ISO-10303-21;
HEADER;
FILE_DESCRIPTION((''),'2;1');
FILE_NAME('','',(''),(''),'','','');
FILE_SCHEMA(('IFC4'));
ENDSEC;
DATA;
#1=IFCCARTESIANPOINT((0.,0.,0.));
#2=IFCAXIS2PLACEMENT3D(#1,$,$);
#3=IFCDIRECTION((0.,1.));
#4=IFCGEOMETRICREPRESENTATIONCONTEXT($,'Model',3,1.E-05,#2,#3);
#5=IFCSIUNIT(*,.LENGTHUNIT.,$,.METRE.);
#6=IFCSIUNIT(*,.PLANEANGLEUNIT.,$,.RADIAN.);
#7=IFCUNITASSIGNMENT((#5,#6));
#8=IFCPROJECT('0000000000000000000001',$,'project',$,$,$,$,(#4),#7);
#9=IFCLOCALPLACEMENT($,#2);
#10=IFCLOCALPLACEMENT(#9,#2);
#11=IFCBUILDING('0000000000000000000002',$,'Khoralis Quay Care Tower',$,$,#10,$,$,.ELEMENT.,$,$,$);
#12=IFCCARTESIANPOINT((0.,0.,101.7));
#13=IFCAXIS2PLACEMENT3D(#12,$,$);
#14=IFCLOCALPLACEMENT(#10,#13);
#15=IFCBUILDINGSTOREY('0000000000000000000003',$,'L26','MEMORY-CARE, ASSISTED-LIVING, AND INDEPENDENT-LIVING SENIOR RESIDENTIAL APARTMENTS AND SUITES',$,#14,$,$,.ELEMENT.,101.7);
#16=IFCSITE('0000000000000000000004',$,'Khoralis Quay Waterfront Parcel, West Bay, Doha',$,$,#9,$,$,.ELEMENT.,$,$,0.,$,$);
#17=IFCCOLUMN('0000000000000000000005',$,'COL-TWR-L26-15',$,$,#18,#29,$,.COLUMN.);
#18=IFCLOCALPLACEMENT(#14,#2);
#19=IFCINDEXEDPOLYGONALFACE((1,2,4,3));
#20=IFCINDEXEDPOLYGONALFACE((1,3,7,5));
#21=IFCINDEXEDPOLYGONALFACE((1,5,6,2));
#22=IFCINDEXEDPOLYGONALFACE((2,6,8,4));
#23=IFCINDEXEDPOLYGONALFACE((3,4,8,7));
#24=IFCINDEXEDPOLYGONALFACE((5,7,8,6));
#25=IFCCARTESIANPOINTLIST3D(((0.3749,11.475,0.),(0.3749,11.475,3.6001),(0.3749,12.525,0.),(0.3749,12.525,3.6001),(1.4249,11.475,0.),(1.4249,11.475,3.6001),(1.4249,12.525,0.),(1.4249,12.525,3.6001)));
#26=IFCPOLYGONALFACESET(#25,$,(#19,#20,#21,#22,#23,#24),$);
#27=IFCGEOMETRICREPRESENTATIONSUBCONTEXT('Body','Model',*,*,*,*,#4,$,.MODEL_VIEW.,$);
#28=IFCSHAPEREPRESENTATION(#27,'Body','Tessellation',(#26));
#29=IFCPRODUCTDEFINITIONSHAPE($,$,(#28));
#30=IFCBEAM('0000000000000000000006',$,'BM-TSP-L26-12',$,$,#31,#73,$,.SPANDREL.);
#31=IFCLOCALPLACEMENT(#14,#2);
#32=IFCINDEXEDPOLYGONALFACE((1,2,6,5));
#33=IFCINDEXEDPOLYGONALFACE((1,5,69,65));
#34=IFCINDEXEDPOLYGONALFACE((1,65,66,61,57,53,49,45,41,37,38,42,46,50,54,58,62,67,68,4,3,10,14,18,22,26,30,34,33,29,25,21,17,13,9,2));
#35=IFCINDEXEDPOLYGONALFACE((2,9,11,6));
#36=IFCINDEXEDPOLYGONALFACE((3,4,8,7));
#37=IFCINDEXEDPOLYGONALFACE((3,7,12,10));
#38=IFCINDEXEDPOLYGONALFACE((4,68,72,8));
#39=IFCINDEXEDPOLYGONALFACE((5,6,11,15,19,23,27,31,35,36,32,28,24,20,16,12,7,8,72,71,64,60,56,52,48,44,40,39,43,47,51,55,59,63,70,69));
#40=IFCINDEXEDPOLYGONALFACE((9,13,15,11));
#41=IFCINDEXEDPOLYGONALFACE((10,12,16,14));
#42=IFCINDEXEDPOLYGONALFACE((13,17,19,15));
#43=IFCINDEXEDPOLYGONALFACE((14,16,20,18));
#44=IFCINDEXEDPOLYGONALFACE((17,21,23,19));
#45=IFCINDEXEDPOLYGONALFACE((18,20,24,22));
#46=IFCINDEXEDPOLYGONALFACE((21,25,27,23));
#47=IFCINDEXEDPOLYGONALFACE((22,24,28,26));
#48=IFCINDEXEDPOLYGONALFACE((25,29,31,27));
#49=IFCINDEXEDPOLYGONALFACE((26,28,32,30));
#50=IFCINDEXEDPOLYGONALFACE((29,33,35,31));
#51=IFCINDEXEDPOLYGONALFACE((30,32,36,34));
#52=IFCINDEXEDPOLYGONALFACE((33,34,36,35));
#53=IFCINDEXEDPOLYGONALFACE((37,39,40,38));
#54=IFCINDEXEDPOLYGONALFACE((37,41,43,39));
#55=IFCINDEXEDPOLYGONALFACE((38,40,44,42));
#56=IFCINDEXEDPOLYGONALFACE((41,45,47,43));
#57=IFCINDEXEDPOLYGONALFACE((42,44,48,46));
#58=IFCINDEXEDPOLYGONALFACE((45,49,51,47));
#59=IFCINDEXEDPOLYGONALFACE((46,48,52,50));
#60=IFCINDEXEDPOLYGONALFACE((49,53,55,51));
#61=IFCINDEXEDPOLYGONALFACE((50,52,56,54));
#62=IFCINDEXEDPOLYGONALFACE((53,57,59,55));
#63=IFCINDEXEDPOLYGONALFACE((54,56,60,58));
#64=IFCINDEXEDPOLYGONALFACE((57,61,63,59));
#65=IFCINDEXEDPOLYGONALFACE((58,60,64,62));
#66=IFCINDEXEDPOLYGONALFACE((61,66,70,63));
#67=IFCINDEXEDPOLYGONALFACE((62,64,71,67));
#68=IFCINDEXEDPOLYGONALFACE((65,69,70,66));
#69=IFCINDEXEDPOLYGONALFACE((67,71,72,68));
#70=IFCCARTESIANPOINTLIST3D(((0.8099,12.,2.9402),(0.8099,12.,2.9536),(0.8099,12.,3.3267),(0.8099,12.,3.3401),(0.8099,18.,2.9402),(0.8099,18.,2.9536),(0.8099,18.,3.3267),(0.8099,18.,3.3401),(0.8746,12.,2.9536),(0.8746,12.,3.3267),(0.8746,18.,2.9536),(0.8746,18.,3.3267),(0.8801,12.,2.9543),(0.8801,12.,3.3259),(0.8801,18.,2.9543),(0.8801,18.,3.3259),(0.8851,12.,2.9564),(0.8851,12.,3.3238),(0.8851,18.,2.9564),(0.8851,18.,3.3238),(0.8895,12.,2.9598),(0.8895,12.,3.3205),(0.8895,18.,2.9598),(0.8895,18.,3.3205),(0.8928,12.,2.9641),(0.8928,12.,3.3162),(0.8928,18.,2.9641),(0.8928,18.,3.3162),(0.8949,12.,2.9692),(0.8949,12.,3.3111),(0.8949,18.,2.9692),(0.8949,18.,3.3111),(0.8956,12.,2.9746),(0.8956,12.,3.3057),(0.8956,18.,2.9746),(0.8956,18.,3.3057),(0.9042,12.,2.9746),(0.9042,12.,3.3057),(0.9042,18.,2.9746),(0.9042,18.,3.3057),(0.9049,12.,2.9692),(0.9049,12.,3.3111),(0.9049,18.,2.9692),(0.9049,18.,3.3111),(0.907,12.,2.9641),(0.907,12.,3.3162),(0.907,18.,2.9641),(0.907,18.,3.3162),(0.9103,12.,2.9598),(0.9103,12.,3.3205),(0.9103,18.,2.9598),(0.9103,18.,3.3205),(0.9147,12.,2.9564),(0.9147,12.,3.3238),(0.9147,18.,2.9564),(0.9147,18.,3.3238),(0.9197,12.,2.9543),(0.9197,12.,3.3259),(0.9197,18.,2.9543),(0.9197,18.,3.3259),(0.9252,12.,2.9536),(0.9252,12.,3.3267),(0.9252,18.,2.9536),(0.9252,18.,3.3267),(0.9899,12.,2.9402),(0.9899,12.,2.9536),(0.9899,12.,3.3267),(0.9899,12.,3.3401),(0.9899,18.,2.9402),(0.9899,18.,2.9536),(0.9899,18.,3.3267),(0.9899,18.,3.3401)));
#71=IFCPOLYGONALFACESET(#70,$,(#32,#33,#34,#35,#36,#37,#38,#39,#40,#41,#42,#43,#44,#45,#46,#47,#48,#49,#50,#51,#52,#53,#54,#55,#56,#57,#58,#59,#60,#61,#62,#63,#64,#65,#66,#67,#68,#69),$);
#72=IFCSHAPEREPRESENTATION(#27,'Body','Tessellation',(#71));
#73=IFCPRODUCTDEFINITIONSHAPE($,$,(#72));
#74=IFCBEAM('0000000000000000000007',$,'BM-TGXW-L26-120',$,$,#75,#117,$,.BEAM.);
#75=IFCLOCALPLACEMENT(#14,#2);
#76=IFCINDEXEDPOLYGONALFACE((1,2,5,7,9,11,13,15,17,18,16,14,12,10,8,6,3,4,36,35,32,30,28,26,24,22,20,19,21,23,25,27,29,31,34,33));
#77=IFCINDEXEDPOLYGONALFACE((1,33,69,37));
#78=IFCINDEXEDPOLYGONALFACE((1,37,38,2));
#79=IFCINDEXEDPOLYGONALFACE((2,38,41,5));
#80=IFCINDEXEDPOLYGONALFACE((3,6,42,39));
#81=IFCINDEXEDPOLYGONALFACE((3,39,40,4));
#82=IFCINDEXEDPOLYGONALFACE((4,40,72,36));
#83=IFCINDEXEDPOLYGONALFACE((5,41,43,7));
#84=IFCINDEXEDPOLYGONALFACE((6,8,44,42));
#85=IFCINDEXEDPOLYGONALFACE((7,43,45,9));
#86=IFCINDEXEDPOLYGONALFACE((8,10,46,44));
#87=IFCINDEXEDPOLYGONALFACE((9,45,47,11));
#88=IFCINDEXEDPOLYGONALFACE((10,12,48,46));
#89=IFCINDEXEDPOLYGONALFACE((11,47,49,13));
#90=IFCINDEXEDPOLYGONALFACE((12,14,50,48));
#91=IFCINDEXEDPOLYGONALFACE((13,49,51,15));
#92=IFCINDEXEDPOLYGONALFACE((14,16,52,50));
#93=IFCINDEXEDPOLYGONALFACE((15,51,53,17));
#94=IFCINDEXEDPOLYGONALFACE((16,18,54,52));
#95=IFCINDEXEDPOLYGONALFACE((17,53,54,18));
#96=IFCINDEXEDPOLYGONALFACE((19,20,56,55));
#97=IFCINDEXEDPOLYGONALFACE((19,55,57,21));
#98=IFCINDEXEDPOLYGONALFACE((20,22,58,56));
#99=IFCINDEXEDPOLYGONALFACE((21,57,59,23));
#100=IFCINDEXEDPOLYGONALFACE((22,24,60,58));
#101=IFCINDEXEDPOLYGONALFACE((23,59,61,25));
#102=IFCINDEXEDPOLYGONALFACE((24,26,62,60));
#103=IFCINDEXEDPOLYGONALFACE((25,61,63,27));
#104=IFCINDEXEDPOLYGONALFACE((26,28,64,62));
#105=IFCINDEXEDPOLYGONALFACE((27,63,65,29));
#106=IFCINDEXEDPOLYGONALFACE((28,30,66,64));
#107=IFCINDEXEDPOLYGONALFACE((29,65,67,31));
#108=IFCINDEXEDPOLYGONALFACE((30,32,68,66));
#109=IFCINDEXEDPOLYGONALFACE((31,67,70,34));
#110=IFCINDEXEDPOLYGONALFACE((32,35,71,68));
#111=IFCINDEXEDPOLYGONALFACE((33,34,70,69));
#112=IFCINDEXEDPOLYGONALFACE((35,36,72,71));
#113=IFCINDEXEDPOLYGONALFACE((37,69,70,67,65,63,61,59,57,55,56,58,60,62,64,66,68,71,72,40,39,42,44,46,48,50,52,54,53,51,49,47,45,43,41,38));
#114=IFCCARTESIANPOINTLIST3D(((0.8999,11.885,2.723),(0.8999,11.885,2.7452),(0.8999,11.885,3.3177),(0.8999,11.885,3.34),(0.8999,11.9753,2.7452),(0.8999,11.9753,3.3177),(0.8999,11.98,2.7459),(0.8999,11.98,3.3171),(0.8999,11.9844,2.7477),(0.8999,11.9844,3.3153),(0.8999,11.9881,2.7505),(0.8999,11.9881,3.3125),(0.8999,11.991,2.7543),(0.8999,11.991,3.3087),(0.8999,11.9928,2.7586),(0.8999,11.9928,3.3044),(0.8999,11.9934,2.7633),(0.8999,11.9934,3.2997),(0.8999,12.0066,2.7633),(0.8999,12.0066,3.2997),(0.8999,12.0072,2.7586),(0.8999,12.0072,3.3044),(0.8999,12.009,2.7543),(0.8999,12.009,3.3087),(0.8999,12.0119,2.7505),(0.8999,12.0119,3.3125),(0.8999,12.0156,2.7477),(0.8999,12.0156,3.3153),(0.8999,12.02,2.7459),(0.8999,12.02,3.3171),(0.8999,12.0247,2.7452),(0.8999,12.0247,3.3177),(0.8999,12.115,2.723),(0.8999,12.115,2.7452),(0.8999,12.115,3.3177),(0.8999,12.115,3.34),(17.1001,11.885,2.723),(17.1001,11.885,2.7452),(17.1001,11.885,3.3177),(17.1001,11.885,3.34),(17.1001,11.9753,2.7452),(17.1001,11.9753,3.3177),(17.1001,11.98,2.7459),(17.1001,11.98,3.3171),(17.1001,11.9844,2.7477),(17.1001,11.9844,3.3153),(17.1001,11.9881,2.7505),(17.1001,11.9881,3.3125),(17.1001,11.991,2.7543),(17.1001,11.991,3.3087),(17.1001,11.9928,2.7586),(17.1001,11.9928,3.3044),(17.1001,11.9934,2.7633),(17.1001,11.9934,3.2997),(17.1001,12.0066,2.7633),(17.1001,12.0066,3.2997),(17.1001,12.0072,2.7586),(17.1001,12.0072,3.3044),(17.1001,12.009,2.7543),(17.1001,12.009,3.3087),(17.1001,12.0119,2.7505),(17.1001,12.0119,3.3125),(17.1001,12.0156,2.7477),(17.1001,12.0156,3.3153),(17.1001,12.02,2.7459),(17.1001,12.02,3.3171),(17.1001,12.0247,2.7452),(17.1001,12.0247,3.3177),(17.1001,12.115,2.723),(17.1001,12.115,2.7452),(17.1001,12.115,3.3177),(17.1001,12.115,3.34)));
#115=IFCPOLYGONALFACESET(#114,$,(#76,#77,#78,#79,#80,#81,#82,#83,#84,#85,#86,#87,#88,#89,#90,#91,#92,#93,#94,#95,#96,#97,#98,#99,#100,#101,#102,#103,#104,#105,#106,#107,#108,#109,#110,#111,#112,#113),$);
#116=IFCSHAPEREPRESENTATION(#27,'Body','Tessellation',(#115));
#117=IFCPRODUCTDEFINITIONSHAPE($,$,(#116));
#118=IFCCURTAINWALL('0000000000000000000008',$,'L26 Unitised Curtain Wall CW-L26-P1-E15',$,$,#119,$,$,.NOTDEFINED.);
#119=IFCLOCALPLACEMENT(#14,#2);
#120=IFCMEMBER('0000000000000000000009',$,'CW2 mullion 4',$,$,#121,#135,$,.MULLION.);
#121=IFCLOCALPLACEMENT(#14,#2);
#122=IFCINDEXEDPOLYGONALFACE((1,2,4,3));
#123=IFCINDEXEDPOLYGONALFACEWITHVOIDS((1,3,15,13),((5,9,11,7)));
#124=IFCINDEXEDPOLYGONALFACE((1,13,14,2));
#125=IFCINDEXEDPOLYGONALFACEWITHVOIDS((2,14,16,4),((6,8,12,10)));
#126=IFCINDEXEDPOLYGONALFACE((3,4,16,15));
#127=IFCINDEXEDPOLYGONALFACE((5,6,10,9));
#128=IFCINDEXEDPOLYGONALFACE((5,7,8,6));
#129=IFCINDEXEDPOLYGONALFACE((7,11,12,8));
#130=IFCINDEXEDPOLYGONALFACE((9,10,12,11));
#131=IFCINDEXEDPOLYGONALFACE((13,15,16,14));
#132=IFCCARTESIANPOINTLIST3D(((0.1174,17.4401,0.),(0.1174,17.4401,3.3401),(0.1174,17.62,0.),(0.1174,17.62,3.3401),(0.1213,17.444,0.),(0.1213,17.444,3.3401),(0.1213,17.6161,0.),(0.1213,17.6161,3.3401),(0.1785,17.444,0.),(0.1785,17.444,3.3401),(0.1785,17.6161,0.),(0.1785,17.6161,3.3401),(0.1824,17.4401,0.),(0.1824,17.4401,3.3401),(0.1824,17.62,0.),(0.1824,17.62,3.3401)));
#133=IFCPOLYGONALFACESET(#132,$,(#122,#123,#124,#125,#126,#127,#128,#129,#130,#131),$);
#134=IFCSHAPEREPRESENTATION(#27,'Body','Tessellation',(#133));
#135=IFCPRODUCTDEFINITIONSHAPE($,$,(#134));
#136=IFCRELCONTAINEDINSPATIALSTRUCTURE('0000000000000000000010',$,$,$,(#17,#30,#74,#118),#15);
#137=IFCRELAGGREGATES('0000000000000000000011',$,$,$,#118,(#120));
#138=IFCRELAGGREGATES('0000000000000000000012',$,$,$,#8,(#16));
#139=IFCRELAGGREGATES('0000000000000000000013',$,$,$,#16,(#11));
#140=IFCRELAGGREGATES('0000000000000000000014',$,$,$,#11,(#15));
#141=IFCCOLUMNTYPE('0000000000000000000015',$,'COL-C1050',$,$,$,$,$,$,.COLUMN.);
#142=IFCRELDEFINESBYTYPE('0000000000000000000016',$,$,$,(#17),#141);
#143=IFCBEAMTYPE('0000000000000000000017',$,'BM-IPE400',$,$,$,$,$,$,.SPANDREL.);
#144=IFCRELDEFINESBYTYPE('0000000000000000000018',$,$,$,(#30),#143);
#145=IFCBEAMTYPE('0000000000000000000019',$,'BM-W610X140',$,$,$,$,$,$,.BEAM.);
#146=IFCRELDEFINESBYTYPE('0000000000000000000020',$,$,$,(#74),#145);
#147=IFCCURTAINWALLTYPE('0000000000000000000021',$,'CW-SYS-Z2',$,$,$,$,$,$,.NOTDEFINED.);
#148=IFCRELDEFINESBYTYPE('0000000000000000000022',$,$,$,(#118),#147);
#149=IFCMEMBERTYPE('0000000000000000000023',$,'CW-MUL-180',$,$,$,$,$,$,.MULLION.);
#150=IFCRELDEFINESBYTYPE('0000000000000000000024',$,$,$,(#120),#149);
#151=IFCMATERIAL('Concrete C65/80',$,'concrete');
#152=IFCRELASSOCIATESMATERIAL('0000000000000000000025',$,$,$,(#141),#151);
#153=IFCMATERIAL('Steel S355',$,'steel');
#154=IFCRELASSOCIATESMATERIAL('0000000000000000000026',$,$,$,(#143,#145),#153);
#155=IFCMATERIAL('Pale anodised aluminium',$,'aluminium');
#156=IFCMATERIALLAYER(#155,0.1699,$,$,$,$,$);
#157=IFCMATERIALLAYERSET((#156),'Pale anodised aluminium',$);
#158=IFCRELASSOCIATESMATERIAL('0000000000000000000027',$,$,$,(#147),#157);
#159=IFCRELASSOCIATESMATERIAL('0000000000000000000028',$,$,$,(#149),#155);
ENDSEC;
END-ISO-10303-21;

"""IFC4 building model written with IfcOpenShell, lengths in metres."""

from ifc_helpers import new_model, si_unit, direction, frame, origin, origin_2d, place, context, subcontext, project, spatial, rectangle, hollow_rectangle, i_section, extrude, source, transform, mapped, material, layer, layer_set, material_profile, profile_set, type_object, element, aggregate, save


model = new_model("IFC4")

# Units and contexts
model_context = context("Model", 3, precision=1e-05, world=origin(), true_north=direction((0.0, 1.0)))
body_context = subcontext(model_context, "Body", "Model", "MODEL_VIEW")
ifc_project = project(units=[si_unit("LENGTHUNIT", "METRE"), si_unit("PLANEANGLEUNIT", "RADIAN")], contexts=[model_context])

# Site, building, storey
site_placement = place(None, origin())
site = spatial("IfcSite", under=ifc_project, at=site_placement, Name="Khoralis Quay Waterfront Parcel, West Bay, Doha", CompositionType="ELEMENT", RefElevation=0.0)
building_placement = place(site_placement, origin())
building = spatial("IfcBuilding", under=site, at=building_placement, Name="Khoralis Quay Care Tower", CompositionType="ELEMENT")
storey_placement = place(building_placement, frame((0.0, 0.0, 101.7)))
storey = spatial("IfcBuildingStorey", under=building, at=storey_placement, Name="L26", Description="MEMORY-CARE, ASSISTED-LIVING, AND INDEPENDENT-LIVING SENIOR RESIDENTIAL APARTMENTS AND SUITES", CompositionType="ELEMENT", Elevation=101.7)

# Column
ifc_material_1 = material(Name="Concrete C65/80", Category="concrete")
ifc_material_profile_1 = material_profile(ifc_material_1, rectangle(XDim=1.05, YDim=1.05, at=origin_2d()), Name="Concrete C65/80")
ifc_profile_set_1 = profile_set([ifc_material_profile_1], Name="Concrete C65/80")
column_type = type_object("IfcColumnType", Name="COL-C1050", PredefinedType="COLUMN", material=ifc_profile_set_1)
shared_shape_1 = source(origin(), body_context, "Body", "SweptSolid", [
    extrude(rectangle(XDim=1.05, YDim=1.05, at=origin_2d()), origin(), (0.0, 0.0, 1.0), 3.6001),
])
column_placement = place(storey_placement, frame((0.8999, 12.0, 0.0), z_axis=(0.0, 0.0, 1.0), x_axis=(1.0, 0.0, 0.0)))
element("IfcColumn", 1, at=column_placement, inside=storey, type_object=column_type, Name="COL-TWR-L26-15", PredefinedType="COLUMN", context=body_context, shape_type="MappedRepresentation", body=[
    mapped(shared_shape_1, transform((0.0, 0.0, 0.0), scale=1.0)),
])

# Beams
ifc_material_2 = material(Name="Steel S355", Category="steel")
ifc_material_profile_2 = material_profile(ifc_material_2, i_section(OverallWidth=0.1799, OverallDepth=0.3999, WebThickness=0.0085, FlangeThickness=0.0134, FilletRadius=0.021, at=origin_2d()), Name="Steel S355")
ifc_profile_set_2 = profile_set([ifc_material_profile_2], Name="Steel S355")
beam_type_1 = type_object("IfcBeamType", Name="BM-IPE400", PredefinedType="SPANDREL", material=ifc_profile_set_2)
shared_shape_2 = source(origin(), body_context, "Body", "SweptSolid", [
    extrude(i_section(OverallWidth=0.1799, OverallDepth=0.3999, WebThickness=0.0085, FlangeThickness=0.0134, FilletRadius=0.021, at=origin_2d()), origin(), (0.0, 0.0, 1.0), 6.0),
])
beam_1_placement = place(storey_placement, frame((0.8999, 12.0, 3.1401), z_axis=(0.0, 1.0, 0.0), x_axis=(-1.0, 0.0, 0.0)))
element("IfcBeam", 2, at=beam_1_placement, inside=storey, type_object=beam_type_1, Name="BM-TSP-L26-12", PredefinedType="SPANDREL", context=body_context, shape_type="MappedRepresentation", body=[
    mapped(shared_shape_2, transform((0.0, 0.0, 0.0), scale=1.0)),
])
ifc_material_profile_3 = material_profile(ifc_material_2, i_section(OverallWidth=0.23, OverallDepth=0.6169, WebThickness=0.0132, FlangeThickness=0.0222, FilletRadius=0.0181, at=origin_2d()), Name="Steel S355")
ifc_profile_set_3 = profile_set([ifc_material_profile_3], Name="Steel S355")
beam_type_2 = type_object("IfcBeamType", Name="BM-W610X140", PredefinedType="BEAM", material=ifc_profile_set_3)
shared_shape_3 = source(origin(), body_context, "Body", "SweptSolid", [
    extrude(i_section(OverallWidth=0.23, OverallDepth=0.6169, WebThickness=0.0132, FlangeThickness=0.0222, FilletRadius=0.0181, at=origin_2d()), origin(), (0.0, 0.0, 1.0), 16.2002),
])
beam_2_placement = place(storey_placement, frame((0.8999, 12.0, 3.0315), z_axis=(1.0, 0.0, 0.0), x_axis=(0.0, 1.0, 0.0)))
element("IfcBeam", 3, at=beam_2_placement, inside=storey, type_object=beam_type_2, Name="BM-TGXW-L26-120", PredefinedType="BEAM", context=body_context, shape_type="MappedRepresentation", body=[
    mapped(shared_shape_3, transform((0.0, 0.0, 0.0), scale=1.0)),
])

# Curtain wall, member
ifc_material_3 = material(Name="Pale anodised aluminium", Category="aluminium")
ifc_layer_1 = layer(ifc_material_3, 0.1699)
ifc_layer_set_1 = layer_set([ifc_layer_1], Name="Pale anodised aluminium")
curtain_wall_type = type_object("IfcCurtainWallType", Name="CW-SYS-Z2", PredefinedType="NOTDEFINED", material=ifc_layer_set_1)
curtain_wall_placement = place(storey_placement, origin())
curtain_wall = element("IfcCurtainWall", 4, at=curtain_wall_placement, inside=storey, type_object=curtain_wall_type, Name="L26 Unitised Curtain Wall CW-L26-P1-E15", PredefinedType="NOTDEFINED")
ifc_material_profile_4 = material_profile(ifc_material_3, hollow_rectangle(XDim=0.0649, YDim=0.1799, WallThickness=0.0039, at=origin_2d()), Name="Pale anodised aluminium")
ifc_profile_set_4 = profile_set([ifc_material_profile_4], Name="Pale anodised aluminium")
member_type = type_object("IfcMemberType", Name="CW-MUL-180", PredefinedType="MULLION", material=ifc_profile_set_4)
shared_shape_4 = source(origin(), body_context, "Body", "SweptSolid", [
    extrude(hollow_rectangle(XDim=0.0649, YDim=0.1799, WallThickness=0.0039, at=origin_2d()), origin(), (0.0, 0.0, 1.0), 3.3401),
])
member_placement = place(storey_placement, frame((0.1499, 17.53, 0.0), z_axis=(0.0, 0.0, 1.0), x_axis=(1.0, 0.0, 0.0)))
member = element("IfcMember", 5, at=member_placement, type_object=member_type, Name="CW2 mullion 4", PredefinedType="MULLION", context=body_context, shape_type="MappedRepresentation", body=[
    mapped(shared_shape_4, transform((0.0, 0.0, 0.0), scale=1.0)),
])
aggregate(curtain_wall, [member])

save(model, "model.ifc")
